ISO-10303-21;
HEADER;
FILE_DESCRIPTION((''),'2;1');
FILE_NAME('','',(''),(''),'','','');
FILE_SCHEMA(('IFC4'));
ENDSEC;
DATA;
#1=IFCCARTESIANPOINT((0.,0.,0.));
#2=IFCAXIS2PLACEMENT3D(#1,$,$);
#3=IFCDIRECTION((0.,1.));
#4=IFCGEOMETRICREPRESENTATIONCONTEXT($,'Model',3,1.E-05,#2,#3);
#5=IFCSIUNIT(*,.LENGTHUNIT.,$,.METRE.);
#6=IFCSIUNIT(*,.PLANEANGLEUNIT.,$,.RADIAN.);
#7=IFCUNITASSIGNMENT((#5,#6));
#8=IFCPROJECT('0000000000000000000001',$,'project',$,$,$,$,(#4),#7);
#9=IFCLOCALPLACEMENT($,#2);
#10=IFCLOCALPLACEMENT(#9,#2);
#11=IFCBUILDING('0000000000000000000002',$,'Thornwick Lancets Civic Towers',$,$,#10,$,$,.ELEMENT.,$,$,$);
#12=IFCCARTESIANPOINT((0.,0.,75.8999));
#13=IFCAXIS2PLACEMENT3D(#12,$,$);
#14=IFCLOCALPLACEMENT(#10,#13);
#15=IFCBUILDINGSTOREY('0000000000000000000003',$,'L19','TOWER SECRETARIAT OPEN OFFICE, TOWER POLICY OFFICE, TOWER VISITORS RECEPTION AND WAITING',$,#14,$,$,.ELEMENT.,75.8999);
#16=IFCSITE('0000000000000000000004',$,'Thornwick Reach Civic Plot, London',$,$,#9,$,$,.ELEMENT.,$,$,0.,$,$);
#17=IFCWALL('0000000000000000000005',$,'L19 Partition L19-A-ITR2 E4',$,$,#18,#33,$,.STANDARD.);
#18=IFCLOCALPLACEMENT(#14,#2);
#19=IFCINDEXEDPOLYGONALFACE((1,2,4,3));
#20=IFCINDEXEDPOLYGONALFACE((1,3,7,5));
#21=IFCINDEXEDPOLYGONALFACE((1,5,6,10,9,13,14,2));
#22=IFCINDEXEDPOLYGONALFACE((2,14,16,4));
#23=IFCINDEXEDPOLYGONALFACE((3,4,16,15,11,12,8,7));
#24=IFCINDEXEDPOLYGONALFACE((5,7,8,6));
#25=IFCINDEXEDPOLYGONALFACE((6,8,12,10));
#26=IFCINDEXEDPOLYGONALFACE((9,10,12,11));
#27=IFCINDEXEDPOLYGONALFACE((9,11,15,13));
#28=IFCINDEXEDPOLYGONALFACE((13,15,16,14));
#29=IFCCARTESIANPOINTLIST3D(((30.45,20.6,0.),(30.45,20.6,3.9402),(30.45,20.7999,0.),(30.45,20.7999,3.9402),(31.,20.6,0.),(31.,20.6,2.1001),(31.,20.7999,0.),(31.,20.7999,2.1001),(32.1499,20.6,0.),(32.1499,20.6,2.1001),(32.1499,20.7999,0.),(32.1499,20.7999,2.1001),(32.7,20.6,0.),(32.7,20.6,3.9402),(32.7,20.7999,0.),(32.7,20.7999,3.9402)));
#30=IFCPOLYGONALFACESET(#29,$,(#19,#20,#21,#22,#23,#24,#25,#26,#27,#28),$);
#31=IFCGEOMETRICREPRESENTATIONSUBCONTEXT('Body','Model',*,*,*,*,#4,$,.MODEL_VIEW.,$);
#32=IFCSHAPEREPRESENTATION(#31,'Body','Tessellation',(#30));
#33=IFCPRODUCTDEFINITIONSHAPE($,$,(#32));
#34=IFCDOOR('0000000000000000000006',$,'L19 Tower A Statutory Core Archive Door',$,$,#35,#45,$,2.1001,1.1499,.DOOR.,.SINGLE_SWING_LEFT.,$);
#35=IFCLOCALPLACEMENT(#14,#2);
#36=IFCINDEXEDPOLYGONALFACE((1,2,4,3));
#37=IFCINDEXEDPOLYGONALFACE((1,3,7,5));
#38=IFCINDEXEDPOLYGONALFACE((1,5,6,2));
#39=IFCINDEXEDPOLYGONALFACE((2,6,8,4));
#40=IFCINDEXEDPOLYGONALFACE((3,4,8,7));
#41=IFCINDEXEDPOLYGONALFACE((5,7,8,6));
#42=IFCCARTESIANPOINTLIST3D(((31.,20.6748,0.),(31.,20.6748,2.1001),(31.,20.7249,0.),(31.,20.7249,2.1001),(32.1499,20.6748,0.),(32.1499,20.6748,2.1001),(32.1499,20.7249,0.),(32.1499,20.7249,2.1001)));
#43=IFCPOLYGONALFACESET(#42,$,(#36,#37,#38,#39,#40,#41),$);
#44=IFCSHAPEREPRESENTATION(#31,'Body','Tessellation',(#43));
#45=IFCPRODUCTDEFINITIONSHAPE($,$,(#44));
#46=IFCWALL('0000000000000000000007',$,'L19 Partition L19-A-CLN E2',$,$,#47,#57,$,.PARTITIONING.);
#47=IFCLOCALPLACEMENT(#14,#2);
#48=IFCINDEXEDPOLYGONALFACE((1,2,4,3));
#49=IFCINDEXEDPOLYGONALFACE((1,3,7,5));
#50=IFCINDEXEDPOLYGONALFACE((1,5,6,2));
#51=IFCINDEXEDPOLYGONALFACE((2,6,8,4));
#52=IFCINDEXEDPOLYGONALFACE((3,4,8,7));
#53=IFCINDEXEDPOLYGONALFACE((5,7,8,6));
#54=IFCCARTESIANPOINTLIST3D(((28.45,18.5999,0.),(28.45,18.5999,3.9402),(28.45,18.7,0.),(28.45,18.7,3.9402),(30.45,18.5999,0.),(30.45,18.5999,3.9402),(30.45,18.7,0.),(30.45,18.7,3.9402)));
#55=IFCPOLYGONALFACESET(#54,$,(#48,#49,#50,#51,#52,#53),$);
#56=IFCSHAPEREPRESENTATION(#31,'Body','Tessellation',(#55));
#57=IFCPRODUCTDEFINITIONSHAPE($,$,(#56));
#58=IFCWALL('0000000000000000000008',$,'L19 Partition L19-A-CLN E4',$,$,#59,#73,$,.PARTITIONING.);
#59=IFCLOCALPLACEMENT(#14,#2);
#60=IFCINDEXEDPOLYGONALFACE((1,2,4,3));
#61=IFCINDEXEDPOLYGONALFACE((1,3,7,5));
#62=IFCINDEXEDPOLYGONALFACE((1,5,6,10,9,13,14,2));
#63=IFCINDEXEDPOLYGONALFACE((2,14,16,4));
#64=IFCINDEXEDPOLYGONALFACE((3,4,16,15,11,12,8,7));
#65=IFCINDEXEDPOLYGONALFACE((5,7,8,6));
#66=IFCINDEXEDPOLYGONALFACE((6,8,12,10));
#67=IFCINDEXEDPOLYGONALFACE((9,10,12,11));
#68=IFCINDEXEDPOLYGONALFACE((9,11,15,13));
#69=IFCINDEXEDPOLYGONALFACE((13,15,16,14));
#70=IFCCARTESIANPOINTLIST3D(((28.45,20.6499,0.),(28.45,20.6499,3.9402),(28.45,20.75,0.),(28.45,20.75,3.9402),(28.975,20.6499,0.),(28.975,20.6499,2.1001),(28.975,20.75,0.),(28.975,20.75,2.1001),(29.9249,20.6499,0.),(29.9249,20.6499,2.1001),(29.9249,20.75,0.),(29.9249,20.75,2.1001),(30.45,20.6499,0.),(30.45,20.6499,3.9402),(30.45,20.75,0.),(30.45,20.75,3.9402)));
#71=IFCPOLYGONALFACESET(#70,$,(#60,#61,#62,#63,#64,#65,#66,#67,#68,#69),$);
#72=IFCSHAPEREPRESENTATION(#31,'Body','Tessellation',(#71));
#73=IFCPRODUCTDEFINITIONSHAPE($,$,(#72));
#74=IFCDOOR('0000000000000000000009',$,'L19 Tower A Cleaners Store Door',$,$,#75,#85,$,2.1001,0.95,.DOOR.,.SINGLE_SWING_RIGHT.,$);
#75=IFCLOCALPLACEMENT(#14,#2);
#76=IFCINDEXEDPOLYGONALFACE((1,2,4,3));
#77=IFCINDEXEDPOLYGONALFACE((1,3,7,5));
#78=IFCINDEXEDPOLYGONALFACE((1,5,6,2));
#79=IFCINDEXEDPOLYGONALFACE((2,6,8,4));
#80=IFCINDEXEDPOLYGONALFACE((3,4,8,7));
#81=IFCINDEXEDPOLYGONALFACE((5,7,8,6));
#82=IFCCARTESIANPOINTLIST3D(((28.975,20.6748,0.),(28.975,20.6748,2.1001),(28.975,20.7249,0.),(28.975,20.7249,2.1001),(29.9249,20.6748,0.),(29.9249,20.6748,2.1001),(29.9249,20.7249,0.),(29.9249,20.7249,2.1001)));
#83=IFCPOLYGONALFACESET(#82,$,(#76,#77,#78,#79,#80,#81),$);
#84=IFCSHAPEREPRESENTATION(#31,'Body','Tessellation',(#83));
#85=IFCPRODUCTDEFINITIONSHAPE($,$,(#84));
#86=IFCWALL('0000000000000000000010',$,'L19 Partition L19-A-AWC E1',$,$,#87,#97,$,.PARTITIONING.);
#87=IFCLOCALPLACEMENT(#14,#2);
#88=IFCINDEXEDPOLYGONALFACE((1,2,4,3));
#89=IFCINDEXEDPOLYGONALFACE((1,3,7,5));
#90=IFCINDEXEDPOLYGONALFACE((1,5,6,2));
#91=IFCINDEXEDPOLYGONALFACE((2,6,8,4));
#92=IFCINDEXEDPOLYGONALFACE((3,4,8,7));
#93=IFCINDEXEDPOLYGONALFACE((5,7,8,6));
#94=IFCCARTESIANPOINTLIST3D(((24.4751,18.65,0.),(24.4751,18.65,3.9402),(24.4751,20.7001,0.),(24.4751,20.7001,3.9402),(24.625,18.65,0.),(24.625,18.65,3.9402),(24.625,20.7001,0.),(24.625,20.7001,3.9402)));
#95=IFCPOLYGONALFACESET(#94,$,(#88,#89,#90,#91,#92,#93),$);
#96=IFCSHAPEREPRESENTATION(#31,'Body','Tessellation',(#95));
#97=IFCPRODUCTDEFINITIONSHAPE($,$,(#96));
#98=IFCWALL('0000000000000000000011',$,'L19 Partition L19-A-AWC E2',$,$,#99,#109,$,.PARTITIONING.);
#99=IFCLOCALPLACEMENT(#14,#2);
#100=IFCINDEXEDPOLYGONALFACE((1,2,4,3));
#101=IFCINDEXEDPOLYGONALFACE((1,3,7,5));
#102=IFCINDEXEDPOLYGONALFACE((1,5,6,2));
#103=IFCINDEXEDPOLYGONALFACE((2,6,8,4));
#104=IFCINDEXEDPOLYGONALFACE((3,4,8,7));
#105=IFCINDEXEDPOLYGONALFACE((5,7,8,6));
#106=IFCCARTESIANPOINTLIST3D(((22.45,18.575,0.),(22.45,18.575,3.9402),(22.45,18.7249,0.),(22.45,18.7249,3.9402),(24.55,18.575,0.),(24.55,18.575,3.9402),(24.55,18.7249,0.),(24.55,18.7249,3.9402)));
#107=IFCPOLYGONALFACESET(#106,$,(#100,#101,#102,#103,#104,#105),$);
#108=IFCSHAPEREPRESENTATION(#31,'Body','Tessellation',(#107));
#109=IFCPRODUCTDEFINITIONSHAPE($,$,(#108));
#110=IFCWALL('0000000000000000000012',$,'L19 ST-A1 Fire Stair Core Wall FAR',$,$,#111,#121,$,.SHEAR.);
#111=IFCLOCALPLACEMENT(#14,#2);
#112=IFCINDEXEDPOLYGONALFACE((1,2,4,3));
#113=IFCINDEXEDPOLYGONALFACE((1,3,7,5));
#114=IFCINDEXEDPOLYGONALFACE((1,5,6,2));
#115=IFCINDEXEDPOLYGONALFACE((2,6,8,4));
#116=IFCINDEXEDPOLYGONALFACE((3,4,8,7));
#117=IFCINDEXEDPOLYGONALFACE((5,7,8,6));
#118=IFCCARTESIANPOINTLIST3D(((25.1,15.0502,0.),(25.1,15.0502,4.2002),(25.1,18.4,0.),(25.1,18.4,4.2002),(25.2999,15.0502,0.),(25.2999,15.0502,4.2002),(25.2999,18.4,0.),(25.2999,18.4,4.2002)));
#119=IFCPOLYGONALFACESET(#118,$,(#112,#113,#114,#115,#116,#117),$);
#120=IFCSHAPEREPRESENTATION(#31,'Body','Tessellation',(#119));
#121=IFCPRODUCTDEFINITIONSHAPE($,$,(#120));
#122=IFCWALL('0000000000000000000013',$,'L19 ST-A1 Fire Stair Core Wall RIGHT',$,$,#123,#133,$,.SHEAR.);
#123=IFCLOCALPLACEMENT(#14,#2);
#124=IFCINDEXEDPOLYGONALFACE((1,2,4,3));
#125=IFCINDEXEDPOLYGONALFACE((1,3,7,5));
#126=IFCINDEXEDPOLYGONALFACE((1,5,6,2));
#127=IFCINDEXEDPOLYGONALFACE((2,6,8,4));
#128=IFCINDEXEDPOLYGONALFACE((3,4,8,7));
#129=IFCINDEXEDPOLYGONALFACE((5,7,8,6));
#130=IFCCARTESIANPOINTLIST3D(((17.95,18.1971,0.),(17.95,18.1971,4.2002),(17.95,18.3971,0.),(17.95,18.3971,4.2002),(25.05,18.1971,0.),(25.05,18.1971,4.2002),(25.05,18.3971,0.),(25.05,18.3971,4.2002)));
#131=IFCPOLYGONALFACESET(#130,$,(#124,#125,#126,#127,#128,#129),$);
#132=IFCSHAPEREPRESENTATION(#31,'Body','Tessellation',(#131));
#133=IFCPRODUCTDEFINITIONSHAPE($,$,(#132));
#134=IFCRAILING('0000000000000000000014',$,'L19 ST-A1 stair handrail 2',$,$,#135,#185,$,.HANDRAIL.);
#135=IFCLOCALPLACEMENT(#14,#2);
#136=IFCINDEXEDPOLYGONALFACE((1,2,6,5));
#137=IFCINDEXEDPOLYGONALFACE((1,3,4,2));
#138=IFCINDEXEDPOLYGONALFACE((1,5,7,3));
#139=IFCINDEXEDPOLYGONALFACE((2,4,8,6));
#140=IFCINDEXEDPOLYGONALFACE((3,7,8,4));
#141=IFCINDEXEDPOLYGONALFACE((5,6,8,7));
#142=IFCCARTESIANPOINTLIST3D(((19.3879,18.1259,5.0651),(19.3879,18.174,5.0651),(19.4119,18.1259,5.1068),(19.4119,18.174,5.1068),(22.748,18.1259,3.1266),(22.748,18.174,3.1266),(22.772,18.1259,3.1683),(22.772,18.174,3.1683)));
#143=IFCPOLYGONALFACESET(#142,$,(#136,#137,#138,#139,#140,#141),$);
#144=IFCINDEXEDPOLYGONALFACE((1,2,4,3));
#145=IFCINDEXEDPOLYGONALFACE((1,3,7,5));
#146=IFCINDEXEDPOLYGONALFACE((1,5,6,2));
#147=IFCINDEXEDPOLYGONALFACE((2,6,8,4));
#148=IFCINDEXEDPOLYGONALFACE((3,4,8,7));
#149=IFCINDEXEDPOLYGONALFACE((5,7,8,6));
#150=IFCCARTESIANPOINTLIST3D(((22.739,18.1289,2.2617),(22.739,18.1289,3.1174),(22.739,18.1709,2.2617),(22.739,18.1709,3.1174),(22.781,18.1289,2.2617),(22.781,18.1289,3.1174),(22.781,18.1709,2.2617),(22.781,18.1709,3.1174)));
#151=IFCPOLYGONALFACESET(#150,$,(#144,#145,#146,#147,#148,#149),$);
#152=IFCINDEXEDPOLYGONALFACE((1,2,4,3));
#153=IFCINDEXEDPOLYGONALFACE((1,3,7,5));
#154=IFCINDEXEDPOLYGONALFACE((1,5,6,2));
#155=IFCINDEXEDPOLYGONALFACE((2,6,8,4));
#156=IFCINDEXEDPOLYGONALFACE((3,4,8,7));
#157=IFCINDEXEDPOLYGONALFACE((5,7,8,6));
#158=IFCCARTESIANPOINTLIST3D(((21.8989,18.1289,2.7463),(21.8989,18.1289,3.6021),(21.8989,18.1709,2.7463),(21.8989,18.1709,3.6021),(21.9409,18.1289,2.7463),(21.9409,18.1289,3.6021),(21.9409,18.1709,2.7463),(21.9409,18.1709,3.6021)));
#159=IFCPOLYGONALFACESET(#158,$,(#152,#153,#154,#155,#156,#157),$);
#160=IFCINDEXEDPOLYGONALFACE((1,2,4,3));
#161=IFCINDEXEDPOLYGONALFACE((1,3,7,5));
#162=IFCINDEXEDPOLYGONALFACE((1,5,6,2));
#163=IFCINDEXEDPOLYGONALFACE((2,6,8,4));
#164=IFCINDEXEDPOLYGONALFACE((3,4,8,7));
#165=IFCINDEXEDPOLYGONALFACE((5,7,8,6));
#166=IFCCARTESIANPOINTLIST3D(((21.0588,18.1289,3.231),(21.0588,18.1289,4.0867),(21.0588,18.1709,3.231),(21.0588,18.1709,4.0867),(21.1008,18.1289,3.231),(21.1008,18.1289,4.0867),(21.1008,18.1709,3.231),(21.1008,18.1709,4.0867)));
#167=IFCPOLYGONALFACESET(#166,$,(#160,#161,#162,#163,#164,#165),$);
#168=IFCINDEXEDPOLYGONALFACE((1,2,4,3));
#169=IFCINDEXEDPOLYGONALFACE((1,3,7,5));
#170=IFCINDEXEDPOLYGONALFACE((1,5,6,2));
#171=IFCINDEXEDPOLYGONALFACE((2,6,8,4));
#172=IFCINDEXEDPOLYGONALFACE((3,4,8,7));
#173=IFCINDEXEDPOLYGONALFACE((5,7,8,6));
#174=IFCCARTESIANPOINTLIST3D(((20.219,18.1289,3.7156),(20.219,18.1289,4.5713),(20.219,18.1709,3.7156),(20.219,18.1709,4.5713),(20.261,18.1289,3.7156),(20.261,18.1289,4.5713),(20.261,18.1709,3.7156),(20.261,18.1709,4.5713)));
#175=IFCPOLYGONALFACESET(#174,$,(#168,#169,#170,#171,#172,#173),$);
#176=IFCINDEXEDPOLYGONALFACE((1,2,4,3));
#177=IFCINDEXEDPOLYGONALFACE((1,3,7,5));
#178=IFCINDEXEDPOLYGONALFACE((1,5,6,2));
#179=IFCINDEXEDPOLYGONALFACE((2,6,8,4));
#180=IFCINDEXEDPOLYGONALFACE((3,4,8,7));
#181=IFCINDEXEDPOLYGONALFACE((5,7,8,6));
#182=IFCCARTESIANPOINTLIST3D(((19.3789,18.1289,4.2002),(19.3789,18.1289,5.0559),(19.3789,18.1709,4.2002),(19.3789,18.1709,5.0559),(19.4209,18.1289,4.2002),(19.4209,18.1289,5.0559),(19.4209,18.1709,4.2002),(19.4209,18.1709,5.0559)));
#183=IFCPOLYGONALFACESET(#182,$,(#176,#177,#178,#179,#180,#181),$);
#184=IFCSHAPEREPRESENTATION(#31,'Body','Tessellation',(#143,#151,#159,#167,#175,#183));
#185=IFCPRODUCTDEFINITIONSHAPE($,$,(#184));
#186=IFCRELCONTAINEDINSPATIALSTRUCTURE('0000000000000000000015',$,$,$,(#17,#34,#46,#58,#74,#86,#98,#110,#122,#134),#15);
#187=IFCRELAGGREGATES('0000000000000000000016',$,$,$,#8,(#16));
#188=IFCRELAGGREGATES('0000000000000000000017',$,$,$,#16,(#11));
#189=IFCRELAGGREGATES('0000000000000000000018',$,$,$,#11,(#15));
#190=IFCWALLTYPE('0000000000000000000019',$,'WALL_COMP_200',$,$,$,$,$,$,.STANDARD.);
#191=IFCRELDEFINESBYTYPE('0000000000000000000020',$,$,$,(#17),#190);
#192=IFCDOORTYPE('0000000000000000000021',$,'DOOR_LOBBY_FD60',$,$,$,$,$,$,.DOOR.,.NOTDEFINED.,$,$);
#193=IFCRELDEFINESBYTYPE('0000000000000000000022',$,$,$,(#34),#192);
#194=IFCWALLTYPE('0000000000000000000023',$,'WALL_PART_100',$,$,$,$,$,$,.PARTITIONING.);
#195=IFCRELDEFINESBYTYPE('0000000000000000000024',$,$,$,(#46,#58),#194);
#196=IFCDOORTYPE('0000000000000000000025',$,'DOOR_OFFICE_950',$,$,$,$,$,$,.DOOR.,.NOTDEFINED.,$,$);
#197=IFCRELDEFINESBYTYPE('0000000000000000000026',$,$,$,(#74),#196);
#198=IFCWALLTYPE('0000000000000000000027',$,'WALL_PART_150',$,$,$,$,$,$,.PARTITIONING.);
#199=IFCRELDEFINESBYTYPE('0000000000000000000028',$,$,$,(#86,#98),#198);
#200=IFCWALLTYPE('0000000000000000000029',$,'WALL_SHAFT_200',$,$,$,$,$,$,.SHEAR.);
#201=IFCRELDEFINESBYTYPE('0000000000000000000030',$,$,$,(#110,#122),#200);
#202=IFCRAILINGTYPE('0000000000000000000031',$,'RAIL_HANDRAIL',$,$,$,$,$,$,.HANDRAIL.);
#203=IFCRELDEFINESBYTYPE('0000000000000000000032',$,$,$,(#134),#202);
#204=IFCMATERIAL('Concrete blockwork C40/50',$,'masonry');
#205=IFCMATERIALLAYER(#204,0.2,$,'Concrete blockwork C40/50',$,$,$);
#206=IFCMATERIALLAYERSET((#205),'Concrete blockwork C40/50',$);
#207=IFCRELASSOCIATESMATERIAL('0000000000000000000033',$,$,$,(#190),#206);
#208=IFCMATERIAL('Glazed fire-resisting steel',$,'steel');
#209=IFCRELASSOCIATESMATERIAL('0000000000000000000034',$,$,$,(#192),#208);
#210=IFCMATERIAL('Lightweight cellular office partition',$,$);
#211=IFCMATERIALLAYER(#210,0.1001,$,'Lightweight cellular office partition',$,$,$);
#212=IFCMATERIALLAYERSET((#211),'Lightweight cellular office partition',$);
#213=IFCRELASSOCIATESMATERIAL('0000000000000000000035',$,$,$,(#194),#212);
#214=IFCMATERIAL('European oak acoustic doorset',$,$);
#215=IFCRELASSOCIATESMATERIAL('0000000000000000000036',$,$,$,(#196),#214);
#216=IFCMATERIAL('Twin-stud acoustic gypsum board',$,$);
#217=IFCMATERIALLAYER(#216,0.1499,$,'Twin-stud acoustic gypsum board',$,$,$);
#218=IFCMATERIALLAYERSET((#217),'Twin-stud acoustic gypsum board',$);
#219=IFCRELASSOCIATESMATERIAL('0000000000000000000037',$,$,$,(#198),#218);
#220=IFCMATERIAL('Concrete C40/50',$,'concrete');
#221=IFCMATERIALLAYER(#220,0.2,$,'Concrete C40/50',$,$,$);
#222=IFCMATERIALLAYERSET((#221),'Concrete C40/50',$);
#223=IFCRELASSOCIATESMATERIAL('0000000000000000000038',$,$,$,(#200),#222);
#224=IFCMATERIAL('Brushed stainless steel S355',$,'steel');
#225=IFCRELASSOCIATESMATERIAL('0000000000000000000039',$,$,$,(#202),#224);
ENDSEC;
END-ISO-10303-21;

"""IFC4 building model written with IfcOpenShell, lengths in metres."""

from ifc_helpers import new_model, si_unit, direction, frame, frame_2d, origin, origin_2d, place, context, subcontext, project, spatial, rectangle, extrude, material, layer, layer_set, type_object, element, fill, save


model = new_model("IFC4")

# Units and contexts
model_context = context("Model", 3, precision=1e-05, world=origin(), true_north=direction((0.0, 1.0)))
body_context = subcontext(model_context, "Body", "Model", "MODEL_VIEW")
ifc_project = project(units=[si_unit("LENGTHUNIT", "METRE"), si_unit("PLANEANGLEUNIT", "RADIAN")], contexts=[model_context])

# Site, building, storey
site_placement = place(None, origin())
site = spatial("IfcSite", under=ifc_project, at=site_placement, Name="Thornwick Reach Civic Plot, London", CompositionType="ELEMENT", RefElevation=0.0)
building_placement = place(site_placement, origin())
building = spatial("IfcBuilding", under=site, at=building_placement, Name="Thornwick Lancets Civic Towers", CompositionType="ELEMENT")
storey_placement = place(building_placement, frame((0.0, 0.0, 75.8999)))
storey = spatial("IfcBuildingStorey", under=building, at=storey_placement, Name="L19", Description="TOWER SECRETARIAT OPEN OFFICE, TOWER POLICY OFFICE, TOWER VISITORS RECEPTION AND WAITING", CompositionType="ELEMENT", Elevation=75.8999)

# Shared definitions
ifc_material_1 = material(Name="Concrete C40/50", Category="concrete")

# Shared definitions
ifc_material_2 = material(Name="Concrete blockwork C40/50", Category="masonry")
ifc_layer_1 = layer(ifc_material_2, 0.2, Name="Concrete blockwork C40/50")
ifc_layer_set_1 = layer_set([ifc_layer_1], Name="Concrete blockwork C40/50")
wall_type_1 = type_object("IfcWallType", Name="WALL_COMP_200", PredefinedType="STANDARD", material=ifc_layer_set_1)

# Wall, opening, door
wall_1_placement = place(storey_placement, frame((30.45, 20.7, 0.0), z_axis=(0.0, 0.0, 1.0), x_axis=(1.0, 0.0, 0.0)))
wall_1 = element("IfcWall", 1, at=wall_1_placement, inside=storey, type_object=wall_type_1, Name="L19 Partition L19-A-ITR2 E4", PredefinedType="STANDARD", context=body_context, shape_type="SweptSolid", body=[
    extrude(rectangle(XDim=2.25, YDim=0.2, at=frame_2d((1.125, 0.0))), origin(), (0.0, 0.0, 1.0), 3.9402),
])
opening_1_placement = place(wall_1_placement, frame((0.55, 0.0, 0.0)))
opening_1 = element("IfcOpeningElement", 2, at=opening_1_placement, cuts=wall_1, PredefinedType="OPENING", context=body_context, shape_type="SweptSolid", body=[
    extrude(rectangle(XDim=1.1499, YDim=2.1001, at=frame_2d((0.575, 1.05))), frame((0.0, 0.1099, 0.0), z_axis=(0.0, -1.0, 0.0), x_axis=(1.0, 0.0, 0.0)), (0.0, 0.0, 1.0), 0.22),
])
ifc_material_3 = material(Name="Glazed fire-resisting steel", Category="steel")
door_type_1 = type_object("IfcDoorType", Name="DOOR_LOBBY_FD60", OperationType="NOTDEFINED", PredefinedType="DOOR", material=ifc_material_3)
door_1_placement = place(opening_1_placement, origin())
door_1 = element("IfcDoor", 3, at=door_1_placement, inside=storey, type_object=door_type_1, Name="L19 Tower A Statutory Core Archive Door", OperationType="SINGLE_SWING_LEFT", OverallHeight=2.1001, OverallWidth=1.1499, PredefinedType="DOOR", context=body_context, shape_type="SweptSolid", body=[
    extrude(rectangle(XDim=1.1499, YDim=2.1001, at=frame_2d((0.575, 1.05))), frame((0.0, 0.0249, 0.0), z_axis=(0.0, -1.0, 0.0), x_axis=(1.0, 0.0, 0.0)), (0.0, 0.0, 1.0), 0.05),
])
fill(opening_1, door_1)

# Wall
ifc_material_4 = material(Name="Lightweight cellular office partition")
ifc_layer_2 = layer(ifc_material_4, 0.1001, Name="Lightweight cellular office partition")
ifc_layer_set_2 = layer_set([ifc_layer_2], Name="Lightweight cellular office partition")
wall_type_2 = type_object("IfcWallType", Name="WALL_PART_100", PredefinedType="PARTITIONING", material=ifc_layer_set_2)
wall_2_placement = place(storey_placement, frame((30.45, 18.6499, 0.0), z_axis=(0.0, 0.0, 1.0), x_axis=(-1.0, 0.0, 0.0)))
element("IfcWall", 4, at=wall_2_placement, inside=storey, type_object=wall_type_2, Name="L19 Partition L19-A-CLN E2", PredefinedType="PARTITIONING", context=body_context, shape_type="SweptSolid", body=[
    extrude(rectangle(XDim=2.0, YDim=0.1001, at=frame_2d((1.0, 0.0))), origin(), (0.0, 0.0, 1.0), 3.9402),
])

# Wall, opening, door
wall_3_placement = place(storey_placement, frame((28.45, 20.7, 0.0), z_axis=(0.0, 0.0, 1.0), x_axis=(1.0, 0.0, 0.0)))
wall_3 = element("IfcWall", 5, at=wall_3_placement, inside=storey, type_object=wall_type_2, Name="L19 Partition L19-A-CLN E4", PredefinedType="PARTITIONING", context=body_context, shape_type="SweptSolid", body=[
    extrude(rectangle(XDim=2.0, YDim=0.1001, at=frame_2d((1.0, 0.0))), origin(), (0.0, 0.0, 1.0), 3.9402),
])
opening_2_placement = place(wall_3_placement, frame((0.5249, 0.0, 0.0)))
opening_2 = element("IfcOpeningElement", 6, at=opening_2_placement, cuts=wall_3, PredefinedType="OPENING", context=body_context, shape_type="SweptSolid", body=[
    extrude(rectangle(XDim=0.95, YDim=2.1001, at=frame_2d((0.4751, 1.05))), frame((0.0, 0.0601, 0.0), z_axis=(0.0, -1.0, 0.0), x_axis=(1.0, 0.0, 0.0)), (0.0, 0.0, 1.0), 0.1201),
])
ifc_material_5 = material(Name="European oak acoustic doorset")
door_type_2 = type_object("IfcDoorType", Name="DOOR_OFFICE_950", OperationType="NOTDEFINED", PredefinedType="DOOR", material=ifc_material_5)
door_2_placement = place(opening_2_placement, origin())
door_2 = element("IfcDoor", 7, at=door_2_placement, inside=storey, type_object=door_type_2, Name="L19 Tower A Cleaners Store Door", OperationType="SINGLE_SWING_RIGHT", OverallHeight=2.1001, OverallWidth=0.95, PredefinedType="DOOR", context=body_context, shape_type="SweptSolid", body=[
    extrude(rectangle(XDim=0.95, YDim=2.1001, at=frame_2d((0.4751, 1.05))), frame((0.0, 0.0249, 0.0), z_axis=(0.0, -1.0, 0.0), x_axis=(1.0, 0.0, 0.0)), (0.0, 0.0, 1.0), 0.05),
])
fill(opening_2, door_2)

# Walls
ifc_material_6 = material(Name="Twin-stud acoustic gypsum board")
ifc_layer_3 = layer(ifc_material_6, 0.1499, Name="Twin-stud acoustic gypsum board")
ifc_layer_set_3 = layer_set([ifc_layer_3], Name="Twin-stud acoustic gypsum board")
wall_type_3 = type_object("IfcWallType", Name="WALL_PART_150", PredefinedType="PARTITIONING", material=ifc_layer_set_3)
wall_4_placement = place(storey_placement, frame((24.55, 20.7, 0.0), z_axis=(0.0, 0.0, 1.0), x_axis=(0.0, -1.0, 0.0)))
element("IfcWall", 8, at=wall_4_placement, inside=storey, type_object=wall_type_3, Name="L19 Partition L19-A-AWC E1", PredefinedType="PARTITIONING", context=body_context, shape_type="SweptSolid", body=[
    extrude(rectangle(XDim=2.05, YDim=0.1499, at=frame_2d((1.0249, 0.0))), origin(), (0.0, 0.0, 1.0), 3.9402),
])
wall_5_placement = place(storey_placement, frame((24.55, 18.6499, 0.0), z_axis=(0.0, 0.0, 1.0), x_axis=(-1.0, 0.0, 0.0)))
element("IfcWall", 9, at=wall_5_placement, inside=storey, type_object=wall_type_3, Name="L19 Partition L19-A-AWC E2", PredefinedType="PARTITIONING", context=body_context, shape_type="SweptSolid", body=[
    extrude(rectangle(XDim=2.1001, YDim=0.1499, at=frame_2d((1.05, 0.0))), origin(), (0.0, 0.0, 1.0), 3.9402),
])
ifc_layer_4 = layer(ifc_material_1, 0.2, Name="Concrete C40/50")
ifc_layer_set_4 = layer_set([ifc_layer_4], Name="Concrete C40/50")
wall_type_4 = type_object("IfcWallType", Name="WALL_SHAFT_200", PredefinedType="SHEAR", material=ifc_layer_set_4)
wall_6_placement = place(storey_placement, frame((25.2, 18.3999, 0.0), z_axis=(0.0, 0.0, 1.0), x_axis=(0.0, -1.0, 0.0)))
element("IfcWall", 10, at=wall_6_placement, inside=storey, type_object=wall_type_4, Name="L19 ST-A1 Fire Stair Core Wall FAR", PredefinedType="SHEAR", context=body_context, shape_type="SweptSolid", body=[
    extrude(rectangle(XDim=3.3499, YDim=0.2, at=frame_2d((1.6748, 0.0))), origin(), (0.0, 0.0, 1.0), 4.2002),
])
wall_7_placement = place(storey_placement, frame((25.05, 18.2971, 0.0), z_axis=(0.0, 0.0, 1.0), x_axis=(-1.0, 0.0, 0.0)))
element("IfcWall", 11, at=wall_7_placement, inside=storey, type_object=wall_type_4, Name="L19 ST-A1 Fire Stair Core Wall RIGHT", PredefinedType="SHEAR", context=body_context, shape_type="SweptSolid", body=[
    extrude(rectangle(XDim=7.1001, YDim=0.2, at=frame_2d((3.55, 0.0))), origin(), (0.0, 0.0, 1.0), 4.2002),
])

# Railing
ifc_material_7 = material(Name="Brushed stainless steel S355", Category="steel")
railing_type_1 = type_object("IfcRailingType", Name="RAIL_HANDRAIL", PredefinedType="HANDRAIL", material=ifc_material_7)
railing_1_placement = place(storey_placement, frame((22.76, 18.1499, 2.2617)))
element("IfcRailing", 12, at=railing_1_placement, inside=storey, type_object=railing_type_1, Name="L19 ST-A1 stair handrail 2", PredefinedType="HANDRAIL", context=body_context, shape_type="SweptSolid", body=[
    extrude(rectangle(XDim=0.0481, YDim=0.0481, at=origin_2d()), frame((0.0, 0.0, 0.8857), z_axis=(-0.866191, 0.0, 0.499713), x_axis=(0.0, -1.0, 0.0)), (0.0, 0.0, 1.0), 3.8792),
    extrude(rectangle(XDim=0.042, YDim=0.042, at=origin_2d()), origin(), (0.0, 0.0, 1.0), 0.8557),
    extrude(rectangle(XDim=0.042, YDim=0.042, at=origin_2d()), frame((-0.8401, 0.0, 0.4846)), (0.0, 0.0, 1.0), 0.8557),
    extrude(rectangle(XDim=0.042, YDim=0.042, at=origin_2d()), frame((-1.6802, 0.0, 0.9692)), (0.0, 0.0, 1.0), 0.8557),
    extrude(rectangle(XDim=0.042, YDim=0.042, at=origin_2d()), frame((-2.52, 0.0, 1.4539)), (0.0, 0.0, 1.0), 0.8557),
    extrude(rectangle(XDim=0.042, YDim=0.042, at=origin_2d()), frame((-3.3601, 0.0, 1.9385)), (0.0, 0.0, 1.0), 0.8557),
])

save(model, "model.ifc")
